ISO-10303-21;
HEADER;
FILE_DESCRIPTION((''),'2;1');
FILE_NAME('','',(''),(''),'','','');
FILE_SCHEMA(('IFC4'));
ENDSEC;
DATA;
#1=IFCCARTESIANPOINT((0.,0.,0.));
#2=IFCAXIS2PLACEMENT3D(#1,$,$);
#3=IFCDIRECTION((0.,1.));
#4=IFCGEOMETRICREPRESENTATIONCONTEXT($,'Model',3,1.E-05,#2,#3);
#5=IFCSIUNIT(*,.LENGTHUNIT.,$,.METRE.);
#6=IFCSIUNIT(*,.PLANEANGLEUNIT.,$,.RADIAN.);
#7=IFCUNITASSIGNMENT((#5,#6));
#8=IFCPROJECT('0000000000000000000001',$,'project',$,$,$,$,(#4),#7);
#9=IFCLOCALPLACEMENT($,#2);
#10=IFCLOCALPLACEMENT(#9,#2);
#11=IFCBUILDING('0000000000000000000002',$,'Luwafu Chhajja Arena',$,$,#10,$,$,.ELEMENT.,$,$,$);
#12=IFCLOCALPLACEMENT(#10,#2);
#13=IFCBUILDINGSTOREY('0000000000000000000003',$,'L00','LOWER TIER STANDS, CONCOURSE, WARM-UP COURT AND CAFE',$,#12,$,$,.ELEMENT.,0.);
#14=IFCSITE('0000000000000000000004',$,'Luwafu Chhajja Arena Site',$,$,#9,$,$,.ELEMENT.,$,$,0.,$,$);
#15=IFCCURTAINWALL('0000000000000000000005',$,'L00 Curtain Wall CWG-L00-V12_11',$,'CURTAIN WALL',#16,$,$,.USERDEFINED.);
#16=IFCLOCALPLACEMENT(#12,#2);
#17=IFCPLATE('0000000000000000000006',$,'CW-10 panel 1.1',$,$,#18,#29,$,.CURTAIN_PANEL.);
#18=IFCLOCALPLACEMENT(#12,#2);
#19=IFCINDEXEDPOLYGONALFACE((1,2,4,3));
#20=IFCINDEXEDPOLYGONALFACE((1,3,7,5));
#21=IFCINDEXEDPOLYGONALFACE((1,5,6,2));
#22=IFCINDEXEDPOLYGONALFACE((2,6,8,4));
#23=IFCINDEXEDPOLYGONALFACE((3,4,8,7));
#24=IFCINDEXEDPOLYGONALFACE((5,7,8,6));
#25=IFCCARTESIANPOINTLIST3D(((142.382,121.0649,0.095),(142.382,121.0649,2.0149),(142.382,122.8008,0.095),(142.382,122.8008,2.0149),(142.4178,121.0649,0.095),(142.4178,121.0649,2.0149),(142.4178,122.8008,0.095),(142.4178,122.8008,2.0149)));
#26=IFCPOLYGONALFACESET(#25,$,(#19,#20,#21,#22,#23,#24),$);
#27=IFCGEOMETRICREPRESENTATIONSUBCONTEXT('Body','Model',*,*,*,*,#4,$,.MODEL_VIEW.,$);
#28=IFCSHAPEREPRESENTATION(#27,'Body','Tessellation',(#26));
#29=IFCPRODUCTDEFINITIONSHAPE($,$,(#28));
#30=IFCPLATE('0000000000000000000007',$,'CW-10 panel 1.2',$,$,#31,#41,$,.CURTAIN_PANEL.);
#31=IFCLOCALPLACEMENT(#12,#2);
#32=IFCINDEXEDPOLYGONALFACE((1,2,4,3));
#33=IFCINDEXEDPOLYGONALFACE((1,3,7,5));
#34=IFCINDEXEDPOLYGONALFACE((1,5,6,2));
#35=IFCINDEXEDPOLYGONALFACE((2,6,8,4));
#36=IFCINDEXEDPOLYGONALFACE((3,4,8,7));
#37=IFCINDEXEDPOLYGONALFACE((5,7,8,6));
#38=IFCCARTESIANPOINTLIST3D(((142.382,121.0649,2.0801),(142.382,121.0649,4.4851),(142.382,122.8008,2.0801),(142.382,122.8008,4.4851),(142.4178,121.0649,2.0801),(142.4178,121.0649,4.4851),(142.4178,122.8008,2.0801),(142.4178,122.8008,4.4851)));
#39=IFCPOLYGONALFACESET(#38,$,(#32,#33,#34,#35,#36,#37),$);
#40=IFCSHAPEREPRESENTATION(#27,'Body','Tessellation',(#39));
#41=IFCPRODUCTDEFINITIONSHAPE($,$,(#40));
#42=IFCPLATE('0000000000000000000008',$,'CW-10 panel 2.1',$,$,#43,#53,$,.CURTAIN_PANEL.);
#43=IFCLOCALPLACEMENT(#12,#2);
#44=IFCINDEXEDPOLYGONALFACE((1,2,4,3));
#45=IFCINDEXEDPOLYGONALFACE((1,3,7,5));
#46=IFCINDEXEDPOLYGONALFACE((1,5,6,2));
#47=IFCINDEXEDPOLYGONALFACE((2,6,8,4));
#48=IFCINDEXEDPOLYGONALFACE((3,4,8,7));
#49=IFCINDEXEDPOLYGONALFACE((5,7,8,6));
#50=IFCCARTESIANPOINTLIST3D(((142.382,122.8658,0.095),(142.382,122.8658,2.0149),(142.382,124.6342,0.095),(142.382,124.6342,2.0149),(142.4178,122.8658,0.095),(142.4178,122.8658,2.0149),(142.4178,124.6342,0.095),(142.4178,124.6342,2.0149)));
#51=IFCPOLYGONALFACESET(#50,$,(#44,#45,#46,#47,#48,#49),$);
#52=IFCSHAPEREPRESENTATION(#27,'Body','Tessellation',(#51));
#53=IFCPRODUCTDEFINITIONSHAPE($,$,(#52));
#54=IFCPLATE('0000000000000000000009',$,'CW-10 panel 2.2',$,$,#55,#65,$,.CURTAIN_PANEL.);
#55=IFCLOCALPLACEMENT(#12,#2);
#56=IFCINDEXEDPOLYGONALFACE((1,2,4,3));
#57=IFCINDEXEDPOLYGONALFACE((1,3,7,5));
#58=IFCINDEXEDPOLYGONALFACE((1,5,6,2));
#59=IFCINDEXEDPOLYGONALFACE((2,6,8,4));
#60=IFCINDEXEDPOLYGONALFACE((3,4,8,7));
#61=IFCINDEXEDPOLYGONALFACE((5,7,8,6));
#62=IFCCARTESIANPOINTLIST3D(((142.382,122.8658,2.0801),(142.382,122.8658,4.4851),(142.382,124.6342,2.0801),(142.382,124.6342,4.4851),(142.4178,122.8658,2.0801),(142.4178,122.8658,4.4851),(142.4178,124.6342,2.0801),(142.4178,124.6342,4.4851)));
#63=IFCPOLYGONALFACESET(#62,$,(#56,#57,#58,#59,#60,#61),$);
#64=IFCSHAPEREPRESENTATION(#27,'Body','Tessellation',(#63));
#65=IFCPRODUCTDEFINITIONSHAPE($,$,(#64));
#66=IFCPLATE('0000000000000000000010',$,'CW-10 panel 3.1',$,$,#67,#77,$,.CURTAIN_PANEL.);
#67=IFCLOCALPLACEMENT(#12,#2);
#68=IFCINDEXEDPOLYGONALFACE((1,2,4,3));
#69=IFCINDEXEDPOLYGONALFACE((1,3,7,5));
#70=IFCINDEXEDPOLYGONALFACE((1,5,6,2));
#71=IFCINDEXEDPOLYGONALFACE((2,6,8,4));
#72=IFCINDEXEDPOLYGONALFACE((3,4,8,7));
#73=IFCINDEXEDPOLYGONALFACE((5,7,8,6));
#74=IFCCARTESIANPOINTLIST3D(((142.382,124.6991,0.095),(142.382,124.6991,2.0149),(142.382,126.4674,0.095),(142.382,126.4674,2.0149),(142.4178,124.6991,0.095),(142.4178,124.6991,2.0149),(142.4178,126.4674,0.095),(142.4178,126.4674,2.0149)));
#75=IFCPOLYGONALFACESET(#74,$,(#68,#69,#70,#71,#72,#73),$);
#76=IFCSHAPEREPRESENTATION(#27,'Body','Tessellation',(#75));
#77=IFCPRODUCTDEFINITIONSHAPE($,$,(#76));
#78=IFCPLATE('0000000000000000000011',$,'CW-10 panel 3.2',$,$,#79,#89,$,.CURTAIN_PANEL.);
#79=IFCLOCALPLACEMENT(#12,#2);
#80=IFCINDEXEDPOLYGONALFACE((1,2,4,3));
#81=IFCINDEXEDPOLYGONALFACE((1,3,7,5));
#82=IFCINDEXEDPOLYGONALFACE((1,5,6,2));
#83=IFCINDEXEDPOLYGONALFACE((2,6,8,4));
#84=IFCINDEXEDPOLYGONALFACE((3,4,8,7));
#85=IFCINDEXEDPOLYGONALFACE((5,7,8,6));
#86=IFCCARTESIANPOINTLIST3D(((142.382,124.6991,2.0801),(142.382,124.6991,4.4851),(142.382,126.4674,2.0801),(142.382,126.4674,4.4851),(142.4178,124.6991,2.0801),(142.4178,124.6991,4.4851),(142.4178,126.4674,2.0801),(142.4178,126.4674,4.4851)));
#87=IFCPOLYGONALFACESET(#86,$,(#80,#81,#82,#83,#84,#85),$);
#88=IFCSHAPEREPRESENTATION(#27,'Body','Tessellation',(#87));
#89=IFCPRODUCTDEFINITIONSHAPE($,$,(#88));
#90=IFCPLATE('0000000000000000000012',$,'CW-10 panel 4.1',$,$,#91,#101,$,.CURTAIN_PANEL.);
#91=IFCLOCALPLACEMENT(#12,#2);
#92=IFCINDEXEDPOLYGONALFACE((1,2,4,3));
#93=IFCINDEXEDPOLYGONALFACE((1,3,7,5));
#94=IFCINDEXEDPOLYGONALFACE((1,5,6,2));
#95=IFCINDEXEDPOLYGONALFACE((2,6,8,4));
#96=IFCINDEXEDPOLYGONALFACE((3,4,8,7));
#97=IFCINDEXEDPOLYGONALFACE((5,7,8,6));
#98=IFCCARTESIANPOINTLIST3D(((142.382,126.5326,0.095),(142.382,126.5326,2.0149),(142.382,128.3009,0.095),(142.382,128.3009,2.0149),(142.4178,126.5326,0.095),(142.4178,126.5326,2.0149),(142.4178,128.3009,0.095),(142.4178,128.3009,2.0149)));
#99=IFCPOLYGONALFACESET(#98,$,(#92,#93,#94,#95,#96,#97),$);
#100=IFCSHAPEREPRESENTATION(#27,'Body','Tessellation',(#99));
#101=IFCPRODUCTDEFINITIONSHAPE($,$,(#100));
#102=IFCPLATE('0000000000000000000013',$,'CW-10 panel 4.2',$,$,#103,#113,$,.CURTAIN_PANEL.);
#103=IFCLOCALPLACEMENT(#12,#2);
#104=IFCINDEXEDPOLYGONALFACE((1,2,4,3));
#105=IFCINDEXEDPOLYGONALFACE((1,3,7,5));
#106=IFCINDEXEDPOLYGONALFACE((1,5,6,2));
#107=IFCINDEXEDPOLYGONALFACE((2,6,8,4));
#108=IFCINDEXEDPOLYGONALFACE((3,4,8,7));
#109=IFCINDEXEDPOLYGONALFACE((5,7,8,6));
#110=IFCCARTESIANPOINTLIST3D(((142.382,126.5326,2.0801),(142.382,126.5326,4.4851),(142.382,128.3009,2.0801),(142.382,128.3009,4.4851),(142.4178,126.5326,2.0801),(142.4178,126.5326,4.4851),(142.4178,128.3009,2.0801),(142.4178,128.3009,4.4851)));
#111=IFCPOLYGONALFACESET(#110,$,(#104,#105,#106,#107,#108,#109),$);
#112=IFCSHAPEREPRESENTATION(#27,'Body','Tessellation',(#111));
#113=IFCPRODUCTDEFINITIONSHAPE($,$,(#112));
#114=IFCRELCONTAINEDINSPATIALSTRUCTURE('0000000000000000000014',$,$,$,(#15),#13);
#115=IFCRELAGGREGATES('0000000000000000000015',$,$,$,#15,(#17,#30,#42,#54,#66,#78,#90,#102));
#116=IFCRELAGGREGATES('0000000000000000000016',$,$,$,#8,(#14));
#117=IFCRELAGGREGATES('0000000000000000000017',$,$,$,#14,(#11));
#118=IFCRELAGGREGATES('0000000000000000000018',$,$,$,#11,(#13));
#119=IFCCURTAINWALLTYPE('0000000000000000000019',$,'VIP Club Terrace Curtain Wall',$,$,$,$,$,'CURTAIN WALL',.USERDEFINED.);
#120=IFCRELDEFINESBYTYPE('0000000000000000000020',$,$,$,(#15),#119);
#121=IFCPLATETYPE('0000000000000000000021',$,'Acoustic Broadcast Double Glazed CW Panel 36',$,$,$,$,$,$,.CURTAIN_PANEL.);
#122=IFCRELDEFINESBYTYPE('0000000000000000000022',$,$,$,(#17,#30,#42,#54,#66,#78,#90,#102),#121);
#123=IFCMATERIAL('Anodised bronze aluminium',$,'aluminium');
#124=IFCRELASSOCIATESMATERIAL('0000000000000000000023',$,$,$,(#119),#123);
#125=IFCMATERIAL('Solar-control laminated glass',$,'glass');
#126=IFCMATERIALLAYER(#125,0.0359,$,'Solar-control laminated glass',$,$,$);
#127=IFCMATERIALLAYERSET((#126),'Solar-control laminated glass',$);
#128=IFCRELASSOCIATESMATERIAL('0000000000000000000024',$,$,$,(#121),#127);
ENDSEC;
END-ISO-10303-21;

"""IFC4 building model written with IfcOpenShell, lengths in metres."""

from ifc_helpers import new_model, si_unit, direction, frame, origin, origin_2d, place, context, subcontext, project, spatial, rectangle, extrude, material, layer, layer_set, type_object, element, aggregate, save


model = new_model("IFC4")

# Units and contexts
model_context = context("Model", 3, precision=1e-05, world=origin(), true_north=direction((0.0, 1.0)))
body_context = subcontext(model_context, "Body", "Model", "MODEL_VIEW")
ifc_project = project(units=[si_unit("LENGTHUNIT", "METRE"), si_unit("PLANEANGLEUNIT", "RADIAN")], contexts=[model_context])

# Site, building, storey
site_placement = place(None, origin())
site = spatial("IfcSite", under=ifc_project, at=site_placement, Name="Luwafu Chhajja Arena Site", CompositionType="ELEMENT", RefElevation=0.0)
building_placement = place(site_placement, origin())
building = spatial("IfcBuilding", under=site, at=building_placement, Name="Luwafu Chhajja Arena", CompositionType="ELEMENT")
storey_placement = place(building_placement, origin())
storey = spatial("IfcBuildingStorey", under=building, at=storey_placement, Name="L00", Description="LOWER TIER STANDS, CONCOURSE, WARM-UP COURT AND CAFE", CompositionType="ELEMENT", Elevation=0.0)

# Curtain wall, plates
ifc_material_1 = material(Name="Anodised bronze aluminium", Category="aluminium")
curtain_wall_type = type_object("IfcCurtainWallType", Name="VIP Club Terrace Curtain Wall", ElementType="CURTAIN WALL", PredefinedType="USERDEFINED", material=ifc_material_1)
curtain_wall_placement = place(storey_placement, origin())
curtain_wall = element("IfcCurtainWall", 1, at=curtain_wall_placement, inside=storey, type_object=curtain_wall_type, Name="L00 Curtain Wall CWG-L00-V12_11", ObjectType="CURTAIN WALL", PredefinedType="USERDEFINED")
ifc_material_2 = material(Name="Solar-control laminated glass", Category="glass")
ifc_layer = layer(ifc_material_2, 0.0359, Name="Solar-control laminated glass")
ifc_layer_set = layer_set([ifc_layer], Name="Solar-control laminated glass")
plate_type = type_object("IfcPlateType", Name="Acoustic Broadcast Double Glazed CW Panel 36", PredefinedType="CURTAIN_PANEL", material=ifc_layer_set)
plate_1_placement = place(storey_placement, frame((142.3999, 121.9329, 0.095), z_axis=(0.0, 0.0, 1.0), x_axis=(0.0, 1.0, 0.0)))
plate_1 = element("IfcPlate", 2, at=plate_1_placement, type_object=plate_type, Name="CW-10 panel 1.1", PredefinedType="CURTAIN_PANEL", context=body_context, shape_type="SweptSolid", body=[
    extrude(rectangle(XDim=1.7358, YDim=0.0359, at=origin_2d()), origin(), (0.0, 0.0, 1.0), 1.9199),
])
plate_2_placement = place(storey_placement, frame((142.3999, 121.9329, 2.0801), z_axis=(0.0, 0.0, 1.0), x_axis=(0.0, 1.0, 0.0)))
plate_2 = element("IfcPlate", 3, at=plate_2_placement, type_object=plate_type, Name="CW-10 panel 1.2", PredefinedType="CURTAIN_PANEL", context=body_context, shape_type="SweptSolid", body=[
    extrude(rectangle(XDim=1.7358, YDim=0.0359, at=origin_2d()), origin(), (0.0, 0.0, 1.0), 2.405),
])
plate_3_placement = place(storey_placement, frame((142.3999, 123.75, 0.095), z_axis=(0.0, 0.0, 1.0), x_axis=(0.0, 1.0, 0.0)))
plate_3 = element("IfcPlate", 4, at=plate_3_placement, type_object=plate_type, Name="CW-10 panel 2.1", PredefinedType="CURTAIN_PANEL", context=body_context, shape_type="SweptSolid", body=[
    extrude(rectangle(XDim=1.7683, YDim=0.0359, at=origin_2d()), origin(), (0.0, 0.0, 1.0), 1.9199),
])
plate_4_placement = place(storey_placement, frame((142.3999, 123.75, 2.0801), z_axis=(0.0, 0.0, 1.0), x_axis=(0.0, 1.0, 0.0)))
plate_4 = element("IfcPlate", 5, at=plate_4_placement, type_object=plate_type, Name="CW-10 panel 2.2", PredefinedType="CURTAIN_PANEL", context=body_context, shape_type="SweptSolid", body=[
    extrude(rectangle(XDim=1.7683, YDim=0.0359, at=origin_2d()), origin(), (0.0, 0.0, 1.0), 2.405),
])
plate_5_placement = place(storey_placement, frame((142.3999, 125.5833, 0.095), z_axis=(0.0, 0.0, 1.0), x_axis=(0.0, 1.0, 0.0)))
plate_5 = element("IfcPlate", 6, at=plate_5_placement, type_object=plate_type, Name="CW-10 panel 3.1", PredefinedType="CURTAIN_PANEL", context=body_context, shape_type="SweptSolid", body=[
    extrude(rectangle(XDim=1.7683, YDim=0.0359, at=origin_2d()), origin(), (0.0, 0.0, 1.0), 1.9199),
])
plate_6_placement = place(storey_placement, frame((142.3999, 125.5833, 2.0801), z_axis=(0.0, 0.0, 1.0), x_axis=(0.0, 1.0, 0.0)))
plate_6 = element("IfcPlate", 7, at=plate_6_placement, type_object=plate_type, Name="CW-10 panel 3.2", PredefinedType="CURTAIN_PANEL", context=body_context, shape_type="SweptSolid", body=[
    extrude(rectangle(XDim=1.7683, YDim=0.0359, at=origin_2d()), origin(), (0.0, 0.0, 1.0), 2.405),
])
plate_7_placement = place(storey_placement, frame((142.3999, 127.4167, 0.095), z_axis=(0.0, 0.0, 1.0), x_axis=(0.0, 1.0, 0.0)))
plate_7 = element("IfcPlate", 8, at=plate_7_placement, type_object=plate_type, Name="CW-10 panel 4.1", PredefinedType="CURTAIN_PANEL", context=body_context, shape_type="SweptSolid", body=[
    extrude(rectangle(XDim=1.7683, YDim=0.0359, at=origin_2d()), origin(), (0.0, 0.0, 1.0), 1.9199),
])
plate_8_placement = place(storey_placement, frame((142.3999, 127.4167, 2.0801), z_axis=(0.0, 0.0, 1.0), x_axis=(0.0, 1.0, 0.0)))
plate_8 = element("IfcPlate", 9, at=plate_8_placement, type_object=plate_type, Name="CW-10 panel 4.2", PredefinedType="CURTAIN_PANEL", context=body_context, shape_type="SweptSolid", body=[
    extrude(rectangle(XDim=1.7683, YDim=0.0359, at=origin_2d()), origin(), (0.0, 0.0, 1.0), 2.405),
])
aggregate(curtain_wall, [plate_1, plate_2, plate_3, plate_4, plate_5, plate_6, plate_7, plate_8])

save(model, "model.ifc")
